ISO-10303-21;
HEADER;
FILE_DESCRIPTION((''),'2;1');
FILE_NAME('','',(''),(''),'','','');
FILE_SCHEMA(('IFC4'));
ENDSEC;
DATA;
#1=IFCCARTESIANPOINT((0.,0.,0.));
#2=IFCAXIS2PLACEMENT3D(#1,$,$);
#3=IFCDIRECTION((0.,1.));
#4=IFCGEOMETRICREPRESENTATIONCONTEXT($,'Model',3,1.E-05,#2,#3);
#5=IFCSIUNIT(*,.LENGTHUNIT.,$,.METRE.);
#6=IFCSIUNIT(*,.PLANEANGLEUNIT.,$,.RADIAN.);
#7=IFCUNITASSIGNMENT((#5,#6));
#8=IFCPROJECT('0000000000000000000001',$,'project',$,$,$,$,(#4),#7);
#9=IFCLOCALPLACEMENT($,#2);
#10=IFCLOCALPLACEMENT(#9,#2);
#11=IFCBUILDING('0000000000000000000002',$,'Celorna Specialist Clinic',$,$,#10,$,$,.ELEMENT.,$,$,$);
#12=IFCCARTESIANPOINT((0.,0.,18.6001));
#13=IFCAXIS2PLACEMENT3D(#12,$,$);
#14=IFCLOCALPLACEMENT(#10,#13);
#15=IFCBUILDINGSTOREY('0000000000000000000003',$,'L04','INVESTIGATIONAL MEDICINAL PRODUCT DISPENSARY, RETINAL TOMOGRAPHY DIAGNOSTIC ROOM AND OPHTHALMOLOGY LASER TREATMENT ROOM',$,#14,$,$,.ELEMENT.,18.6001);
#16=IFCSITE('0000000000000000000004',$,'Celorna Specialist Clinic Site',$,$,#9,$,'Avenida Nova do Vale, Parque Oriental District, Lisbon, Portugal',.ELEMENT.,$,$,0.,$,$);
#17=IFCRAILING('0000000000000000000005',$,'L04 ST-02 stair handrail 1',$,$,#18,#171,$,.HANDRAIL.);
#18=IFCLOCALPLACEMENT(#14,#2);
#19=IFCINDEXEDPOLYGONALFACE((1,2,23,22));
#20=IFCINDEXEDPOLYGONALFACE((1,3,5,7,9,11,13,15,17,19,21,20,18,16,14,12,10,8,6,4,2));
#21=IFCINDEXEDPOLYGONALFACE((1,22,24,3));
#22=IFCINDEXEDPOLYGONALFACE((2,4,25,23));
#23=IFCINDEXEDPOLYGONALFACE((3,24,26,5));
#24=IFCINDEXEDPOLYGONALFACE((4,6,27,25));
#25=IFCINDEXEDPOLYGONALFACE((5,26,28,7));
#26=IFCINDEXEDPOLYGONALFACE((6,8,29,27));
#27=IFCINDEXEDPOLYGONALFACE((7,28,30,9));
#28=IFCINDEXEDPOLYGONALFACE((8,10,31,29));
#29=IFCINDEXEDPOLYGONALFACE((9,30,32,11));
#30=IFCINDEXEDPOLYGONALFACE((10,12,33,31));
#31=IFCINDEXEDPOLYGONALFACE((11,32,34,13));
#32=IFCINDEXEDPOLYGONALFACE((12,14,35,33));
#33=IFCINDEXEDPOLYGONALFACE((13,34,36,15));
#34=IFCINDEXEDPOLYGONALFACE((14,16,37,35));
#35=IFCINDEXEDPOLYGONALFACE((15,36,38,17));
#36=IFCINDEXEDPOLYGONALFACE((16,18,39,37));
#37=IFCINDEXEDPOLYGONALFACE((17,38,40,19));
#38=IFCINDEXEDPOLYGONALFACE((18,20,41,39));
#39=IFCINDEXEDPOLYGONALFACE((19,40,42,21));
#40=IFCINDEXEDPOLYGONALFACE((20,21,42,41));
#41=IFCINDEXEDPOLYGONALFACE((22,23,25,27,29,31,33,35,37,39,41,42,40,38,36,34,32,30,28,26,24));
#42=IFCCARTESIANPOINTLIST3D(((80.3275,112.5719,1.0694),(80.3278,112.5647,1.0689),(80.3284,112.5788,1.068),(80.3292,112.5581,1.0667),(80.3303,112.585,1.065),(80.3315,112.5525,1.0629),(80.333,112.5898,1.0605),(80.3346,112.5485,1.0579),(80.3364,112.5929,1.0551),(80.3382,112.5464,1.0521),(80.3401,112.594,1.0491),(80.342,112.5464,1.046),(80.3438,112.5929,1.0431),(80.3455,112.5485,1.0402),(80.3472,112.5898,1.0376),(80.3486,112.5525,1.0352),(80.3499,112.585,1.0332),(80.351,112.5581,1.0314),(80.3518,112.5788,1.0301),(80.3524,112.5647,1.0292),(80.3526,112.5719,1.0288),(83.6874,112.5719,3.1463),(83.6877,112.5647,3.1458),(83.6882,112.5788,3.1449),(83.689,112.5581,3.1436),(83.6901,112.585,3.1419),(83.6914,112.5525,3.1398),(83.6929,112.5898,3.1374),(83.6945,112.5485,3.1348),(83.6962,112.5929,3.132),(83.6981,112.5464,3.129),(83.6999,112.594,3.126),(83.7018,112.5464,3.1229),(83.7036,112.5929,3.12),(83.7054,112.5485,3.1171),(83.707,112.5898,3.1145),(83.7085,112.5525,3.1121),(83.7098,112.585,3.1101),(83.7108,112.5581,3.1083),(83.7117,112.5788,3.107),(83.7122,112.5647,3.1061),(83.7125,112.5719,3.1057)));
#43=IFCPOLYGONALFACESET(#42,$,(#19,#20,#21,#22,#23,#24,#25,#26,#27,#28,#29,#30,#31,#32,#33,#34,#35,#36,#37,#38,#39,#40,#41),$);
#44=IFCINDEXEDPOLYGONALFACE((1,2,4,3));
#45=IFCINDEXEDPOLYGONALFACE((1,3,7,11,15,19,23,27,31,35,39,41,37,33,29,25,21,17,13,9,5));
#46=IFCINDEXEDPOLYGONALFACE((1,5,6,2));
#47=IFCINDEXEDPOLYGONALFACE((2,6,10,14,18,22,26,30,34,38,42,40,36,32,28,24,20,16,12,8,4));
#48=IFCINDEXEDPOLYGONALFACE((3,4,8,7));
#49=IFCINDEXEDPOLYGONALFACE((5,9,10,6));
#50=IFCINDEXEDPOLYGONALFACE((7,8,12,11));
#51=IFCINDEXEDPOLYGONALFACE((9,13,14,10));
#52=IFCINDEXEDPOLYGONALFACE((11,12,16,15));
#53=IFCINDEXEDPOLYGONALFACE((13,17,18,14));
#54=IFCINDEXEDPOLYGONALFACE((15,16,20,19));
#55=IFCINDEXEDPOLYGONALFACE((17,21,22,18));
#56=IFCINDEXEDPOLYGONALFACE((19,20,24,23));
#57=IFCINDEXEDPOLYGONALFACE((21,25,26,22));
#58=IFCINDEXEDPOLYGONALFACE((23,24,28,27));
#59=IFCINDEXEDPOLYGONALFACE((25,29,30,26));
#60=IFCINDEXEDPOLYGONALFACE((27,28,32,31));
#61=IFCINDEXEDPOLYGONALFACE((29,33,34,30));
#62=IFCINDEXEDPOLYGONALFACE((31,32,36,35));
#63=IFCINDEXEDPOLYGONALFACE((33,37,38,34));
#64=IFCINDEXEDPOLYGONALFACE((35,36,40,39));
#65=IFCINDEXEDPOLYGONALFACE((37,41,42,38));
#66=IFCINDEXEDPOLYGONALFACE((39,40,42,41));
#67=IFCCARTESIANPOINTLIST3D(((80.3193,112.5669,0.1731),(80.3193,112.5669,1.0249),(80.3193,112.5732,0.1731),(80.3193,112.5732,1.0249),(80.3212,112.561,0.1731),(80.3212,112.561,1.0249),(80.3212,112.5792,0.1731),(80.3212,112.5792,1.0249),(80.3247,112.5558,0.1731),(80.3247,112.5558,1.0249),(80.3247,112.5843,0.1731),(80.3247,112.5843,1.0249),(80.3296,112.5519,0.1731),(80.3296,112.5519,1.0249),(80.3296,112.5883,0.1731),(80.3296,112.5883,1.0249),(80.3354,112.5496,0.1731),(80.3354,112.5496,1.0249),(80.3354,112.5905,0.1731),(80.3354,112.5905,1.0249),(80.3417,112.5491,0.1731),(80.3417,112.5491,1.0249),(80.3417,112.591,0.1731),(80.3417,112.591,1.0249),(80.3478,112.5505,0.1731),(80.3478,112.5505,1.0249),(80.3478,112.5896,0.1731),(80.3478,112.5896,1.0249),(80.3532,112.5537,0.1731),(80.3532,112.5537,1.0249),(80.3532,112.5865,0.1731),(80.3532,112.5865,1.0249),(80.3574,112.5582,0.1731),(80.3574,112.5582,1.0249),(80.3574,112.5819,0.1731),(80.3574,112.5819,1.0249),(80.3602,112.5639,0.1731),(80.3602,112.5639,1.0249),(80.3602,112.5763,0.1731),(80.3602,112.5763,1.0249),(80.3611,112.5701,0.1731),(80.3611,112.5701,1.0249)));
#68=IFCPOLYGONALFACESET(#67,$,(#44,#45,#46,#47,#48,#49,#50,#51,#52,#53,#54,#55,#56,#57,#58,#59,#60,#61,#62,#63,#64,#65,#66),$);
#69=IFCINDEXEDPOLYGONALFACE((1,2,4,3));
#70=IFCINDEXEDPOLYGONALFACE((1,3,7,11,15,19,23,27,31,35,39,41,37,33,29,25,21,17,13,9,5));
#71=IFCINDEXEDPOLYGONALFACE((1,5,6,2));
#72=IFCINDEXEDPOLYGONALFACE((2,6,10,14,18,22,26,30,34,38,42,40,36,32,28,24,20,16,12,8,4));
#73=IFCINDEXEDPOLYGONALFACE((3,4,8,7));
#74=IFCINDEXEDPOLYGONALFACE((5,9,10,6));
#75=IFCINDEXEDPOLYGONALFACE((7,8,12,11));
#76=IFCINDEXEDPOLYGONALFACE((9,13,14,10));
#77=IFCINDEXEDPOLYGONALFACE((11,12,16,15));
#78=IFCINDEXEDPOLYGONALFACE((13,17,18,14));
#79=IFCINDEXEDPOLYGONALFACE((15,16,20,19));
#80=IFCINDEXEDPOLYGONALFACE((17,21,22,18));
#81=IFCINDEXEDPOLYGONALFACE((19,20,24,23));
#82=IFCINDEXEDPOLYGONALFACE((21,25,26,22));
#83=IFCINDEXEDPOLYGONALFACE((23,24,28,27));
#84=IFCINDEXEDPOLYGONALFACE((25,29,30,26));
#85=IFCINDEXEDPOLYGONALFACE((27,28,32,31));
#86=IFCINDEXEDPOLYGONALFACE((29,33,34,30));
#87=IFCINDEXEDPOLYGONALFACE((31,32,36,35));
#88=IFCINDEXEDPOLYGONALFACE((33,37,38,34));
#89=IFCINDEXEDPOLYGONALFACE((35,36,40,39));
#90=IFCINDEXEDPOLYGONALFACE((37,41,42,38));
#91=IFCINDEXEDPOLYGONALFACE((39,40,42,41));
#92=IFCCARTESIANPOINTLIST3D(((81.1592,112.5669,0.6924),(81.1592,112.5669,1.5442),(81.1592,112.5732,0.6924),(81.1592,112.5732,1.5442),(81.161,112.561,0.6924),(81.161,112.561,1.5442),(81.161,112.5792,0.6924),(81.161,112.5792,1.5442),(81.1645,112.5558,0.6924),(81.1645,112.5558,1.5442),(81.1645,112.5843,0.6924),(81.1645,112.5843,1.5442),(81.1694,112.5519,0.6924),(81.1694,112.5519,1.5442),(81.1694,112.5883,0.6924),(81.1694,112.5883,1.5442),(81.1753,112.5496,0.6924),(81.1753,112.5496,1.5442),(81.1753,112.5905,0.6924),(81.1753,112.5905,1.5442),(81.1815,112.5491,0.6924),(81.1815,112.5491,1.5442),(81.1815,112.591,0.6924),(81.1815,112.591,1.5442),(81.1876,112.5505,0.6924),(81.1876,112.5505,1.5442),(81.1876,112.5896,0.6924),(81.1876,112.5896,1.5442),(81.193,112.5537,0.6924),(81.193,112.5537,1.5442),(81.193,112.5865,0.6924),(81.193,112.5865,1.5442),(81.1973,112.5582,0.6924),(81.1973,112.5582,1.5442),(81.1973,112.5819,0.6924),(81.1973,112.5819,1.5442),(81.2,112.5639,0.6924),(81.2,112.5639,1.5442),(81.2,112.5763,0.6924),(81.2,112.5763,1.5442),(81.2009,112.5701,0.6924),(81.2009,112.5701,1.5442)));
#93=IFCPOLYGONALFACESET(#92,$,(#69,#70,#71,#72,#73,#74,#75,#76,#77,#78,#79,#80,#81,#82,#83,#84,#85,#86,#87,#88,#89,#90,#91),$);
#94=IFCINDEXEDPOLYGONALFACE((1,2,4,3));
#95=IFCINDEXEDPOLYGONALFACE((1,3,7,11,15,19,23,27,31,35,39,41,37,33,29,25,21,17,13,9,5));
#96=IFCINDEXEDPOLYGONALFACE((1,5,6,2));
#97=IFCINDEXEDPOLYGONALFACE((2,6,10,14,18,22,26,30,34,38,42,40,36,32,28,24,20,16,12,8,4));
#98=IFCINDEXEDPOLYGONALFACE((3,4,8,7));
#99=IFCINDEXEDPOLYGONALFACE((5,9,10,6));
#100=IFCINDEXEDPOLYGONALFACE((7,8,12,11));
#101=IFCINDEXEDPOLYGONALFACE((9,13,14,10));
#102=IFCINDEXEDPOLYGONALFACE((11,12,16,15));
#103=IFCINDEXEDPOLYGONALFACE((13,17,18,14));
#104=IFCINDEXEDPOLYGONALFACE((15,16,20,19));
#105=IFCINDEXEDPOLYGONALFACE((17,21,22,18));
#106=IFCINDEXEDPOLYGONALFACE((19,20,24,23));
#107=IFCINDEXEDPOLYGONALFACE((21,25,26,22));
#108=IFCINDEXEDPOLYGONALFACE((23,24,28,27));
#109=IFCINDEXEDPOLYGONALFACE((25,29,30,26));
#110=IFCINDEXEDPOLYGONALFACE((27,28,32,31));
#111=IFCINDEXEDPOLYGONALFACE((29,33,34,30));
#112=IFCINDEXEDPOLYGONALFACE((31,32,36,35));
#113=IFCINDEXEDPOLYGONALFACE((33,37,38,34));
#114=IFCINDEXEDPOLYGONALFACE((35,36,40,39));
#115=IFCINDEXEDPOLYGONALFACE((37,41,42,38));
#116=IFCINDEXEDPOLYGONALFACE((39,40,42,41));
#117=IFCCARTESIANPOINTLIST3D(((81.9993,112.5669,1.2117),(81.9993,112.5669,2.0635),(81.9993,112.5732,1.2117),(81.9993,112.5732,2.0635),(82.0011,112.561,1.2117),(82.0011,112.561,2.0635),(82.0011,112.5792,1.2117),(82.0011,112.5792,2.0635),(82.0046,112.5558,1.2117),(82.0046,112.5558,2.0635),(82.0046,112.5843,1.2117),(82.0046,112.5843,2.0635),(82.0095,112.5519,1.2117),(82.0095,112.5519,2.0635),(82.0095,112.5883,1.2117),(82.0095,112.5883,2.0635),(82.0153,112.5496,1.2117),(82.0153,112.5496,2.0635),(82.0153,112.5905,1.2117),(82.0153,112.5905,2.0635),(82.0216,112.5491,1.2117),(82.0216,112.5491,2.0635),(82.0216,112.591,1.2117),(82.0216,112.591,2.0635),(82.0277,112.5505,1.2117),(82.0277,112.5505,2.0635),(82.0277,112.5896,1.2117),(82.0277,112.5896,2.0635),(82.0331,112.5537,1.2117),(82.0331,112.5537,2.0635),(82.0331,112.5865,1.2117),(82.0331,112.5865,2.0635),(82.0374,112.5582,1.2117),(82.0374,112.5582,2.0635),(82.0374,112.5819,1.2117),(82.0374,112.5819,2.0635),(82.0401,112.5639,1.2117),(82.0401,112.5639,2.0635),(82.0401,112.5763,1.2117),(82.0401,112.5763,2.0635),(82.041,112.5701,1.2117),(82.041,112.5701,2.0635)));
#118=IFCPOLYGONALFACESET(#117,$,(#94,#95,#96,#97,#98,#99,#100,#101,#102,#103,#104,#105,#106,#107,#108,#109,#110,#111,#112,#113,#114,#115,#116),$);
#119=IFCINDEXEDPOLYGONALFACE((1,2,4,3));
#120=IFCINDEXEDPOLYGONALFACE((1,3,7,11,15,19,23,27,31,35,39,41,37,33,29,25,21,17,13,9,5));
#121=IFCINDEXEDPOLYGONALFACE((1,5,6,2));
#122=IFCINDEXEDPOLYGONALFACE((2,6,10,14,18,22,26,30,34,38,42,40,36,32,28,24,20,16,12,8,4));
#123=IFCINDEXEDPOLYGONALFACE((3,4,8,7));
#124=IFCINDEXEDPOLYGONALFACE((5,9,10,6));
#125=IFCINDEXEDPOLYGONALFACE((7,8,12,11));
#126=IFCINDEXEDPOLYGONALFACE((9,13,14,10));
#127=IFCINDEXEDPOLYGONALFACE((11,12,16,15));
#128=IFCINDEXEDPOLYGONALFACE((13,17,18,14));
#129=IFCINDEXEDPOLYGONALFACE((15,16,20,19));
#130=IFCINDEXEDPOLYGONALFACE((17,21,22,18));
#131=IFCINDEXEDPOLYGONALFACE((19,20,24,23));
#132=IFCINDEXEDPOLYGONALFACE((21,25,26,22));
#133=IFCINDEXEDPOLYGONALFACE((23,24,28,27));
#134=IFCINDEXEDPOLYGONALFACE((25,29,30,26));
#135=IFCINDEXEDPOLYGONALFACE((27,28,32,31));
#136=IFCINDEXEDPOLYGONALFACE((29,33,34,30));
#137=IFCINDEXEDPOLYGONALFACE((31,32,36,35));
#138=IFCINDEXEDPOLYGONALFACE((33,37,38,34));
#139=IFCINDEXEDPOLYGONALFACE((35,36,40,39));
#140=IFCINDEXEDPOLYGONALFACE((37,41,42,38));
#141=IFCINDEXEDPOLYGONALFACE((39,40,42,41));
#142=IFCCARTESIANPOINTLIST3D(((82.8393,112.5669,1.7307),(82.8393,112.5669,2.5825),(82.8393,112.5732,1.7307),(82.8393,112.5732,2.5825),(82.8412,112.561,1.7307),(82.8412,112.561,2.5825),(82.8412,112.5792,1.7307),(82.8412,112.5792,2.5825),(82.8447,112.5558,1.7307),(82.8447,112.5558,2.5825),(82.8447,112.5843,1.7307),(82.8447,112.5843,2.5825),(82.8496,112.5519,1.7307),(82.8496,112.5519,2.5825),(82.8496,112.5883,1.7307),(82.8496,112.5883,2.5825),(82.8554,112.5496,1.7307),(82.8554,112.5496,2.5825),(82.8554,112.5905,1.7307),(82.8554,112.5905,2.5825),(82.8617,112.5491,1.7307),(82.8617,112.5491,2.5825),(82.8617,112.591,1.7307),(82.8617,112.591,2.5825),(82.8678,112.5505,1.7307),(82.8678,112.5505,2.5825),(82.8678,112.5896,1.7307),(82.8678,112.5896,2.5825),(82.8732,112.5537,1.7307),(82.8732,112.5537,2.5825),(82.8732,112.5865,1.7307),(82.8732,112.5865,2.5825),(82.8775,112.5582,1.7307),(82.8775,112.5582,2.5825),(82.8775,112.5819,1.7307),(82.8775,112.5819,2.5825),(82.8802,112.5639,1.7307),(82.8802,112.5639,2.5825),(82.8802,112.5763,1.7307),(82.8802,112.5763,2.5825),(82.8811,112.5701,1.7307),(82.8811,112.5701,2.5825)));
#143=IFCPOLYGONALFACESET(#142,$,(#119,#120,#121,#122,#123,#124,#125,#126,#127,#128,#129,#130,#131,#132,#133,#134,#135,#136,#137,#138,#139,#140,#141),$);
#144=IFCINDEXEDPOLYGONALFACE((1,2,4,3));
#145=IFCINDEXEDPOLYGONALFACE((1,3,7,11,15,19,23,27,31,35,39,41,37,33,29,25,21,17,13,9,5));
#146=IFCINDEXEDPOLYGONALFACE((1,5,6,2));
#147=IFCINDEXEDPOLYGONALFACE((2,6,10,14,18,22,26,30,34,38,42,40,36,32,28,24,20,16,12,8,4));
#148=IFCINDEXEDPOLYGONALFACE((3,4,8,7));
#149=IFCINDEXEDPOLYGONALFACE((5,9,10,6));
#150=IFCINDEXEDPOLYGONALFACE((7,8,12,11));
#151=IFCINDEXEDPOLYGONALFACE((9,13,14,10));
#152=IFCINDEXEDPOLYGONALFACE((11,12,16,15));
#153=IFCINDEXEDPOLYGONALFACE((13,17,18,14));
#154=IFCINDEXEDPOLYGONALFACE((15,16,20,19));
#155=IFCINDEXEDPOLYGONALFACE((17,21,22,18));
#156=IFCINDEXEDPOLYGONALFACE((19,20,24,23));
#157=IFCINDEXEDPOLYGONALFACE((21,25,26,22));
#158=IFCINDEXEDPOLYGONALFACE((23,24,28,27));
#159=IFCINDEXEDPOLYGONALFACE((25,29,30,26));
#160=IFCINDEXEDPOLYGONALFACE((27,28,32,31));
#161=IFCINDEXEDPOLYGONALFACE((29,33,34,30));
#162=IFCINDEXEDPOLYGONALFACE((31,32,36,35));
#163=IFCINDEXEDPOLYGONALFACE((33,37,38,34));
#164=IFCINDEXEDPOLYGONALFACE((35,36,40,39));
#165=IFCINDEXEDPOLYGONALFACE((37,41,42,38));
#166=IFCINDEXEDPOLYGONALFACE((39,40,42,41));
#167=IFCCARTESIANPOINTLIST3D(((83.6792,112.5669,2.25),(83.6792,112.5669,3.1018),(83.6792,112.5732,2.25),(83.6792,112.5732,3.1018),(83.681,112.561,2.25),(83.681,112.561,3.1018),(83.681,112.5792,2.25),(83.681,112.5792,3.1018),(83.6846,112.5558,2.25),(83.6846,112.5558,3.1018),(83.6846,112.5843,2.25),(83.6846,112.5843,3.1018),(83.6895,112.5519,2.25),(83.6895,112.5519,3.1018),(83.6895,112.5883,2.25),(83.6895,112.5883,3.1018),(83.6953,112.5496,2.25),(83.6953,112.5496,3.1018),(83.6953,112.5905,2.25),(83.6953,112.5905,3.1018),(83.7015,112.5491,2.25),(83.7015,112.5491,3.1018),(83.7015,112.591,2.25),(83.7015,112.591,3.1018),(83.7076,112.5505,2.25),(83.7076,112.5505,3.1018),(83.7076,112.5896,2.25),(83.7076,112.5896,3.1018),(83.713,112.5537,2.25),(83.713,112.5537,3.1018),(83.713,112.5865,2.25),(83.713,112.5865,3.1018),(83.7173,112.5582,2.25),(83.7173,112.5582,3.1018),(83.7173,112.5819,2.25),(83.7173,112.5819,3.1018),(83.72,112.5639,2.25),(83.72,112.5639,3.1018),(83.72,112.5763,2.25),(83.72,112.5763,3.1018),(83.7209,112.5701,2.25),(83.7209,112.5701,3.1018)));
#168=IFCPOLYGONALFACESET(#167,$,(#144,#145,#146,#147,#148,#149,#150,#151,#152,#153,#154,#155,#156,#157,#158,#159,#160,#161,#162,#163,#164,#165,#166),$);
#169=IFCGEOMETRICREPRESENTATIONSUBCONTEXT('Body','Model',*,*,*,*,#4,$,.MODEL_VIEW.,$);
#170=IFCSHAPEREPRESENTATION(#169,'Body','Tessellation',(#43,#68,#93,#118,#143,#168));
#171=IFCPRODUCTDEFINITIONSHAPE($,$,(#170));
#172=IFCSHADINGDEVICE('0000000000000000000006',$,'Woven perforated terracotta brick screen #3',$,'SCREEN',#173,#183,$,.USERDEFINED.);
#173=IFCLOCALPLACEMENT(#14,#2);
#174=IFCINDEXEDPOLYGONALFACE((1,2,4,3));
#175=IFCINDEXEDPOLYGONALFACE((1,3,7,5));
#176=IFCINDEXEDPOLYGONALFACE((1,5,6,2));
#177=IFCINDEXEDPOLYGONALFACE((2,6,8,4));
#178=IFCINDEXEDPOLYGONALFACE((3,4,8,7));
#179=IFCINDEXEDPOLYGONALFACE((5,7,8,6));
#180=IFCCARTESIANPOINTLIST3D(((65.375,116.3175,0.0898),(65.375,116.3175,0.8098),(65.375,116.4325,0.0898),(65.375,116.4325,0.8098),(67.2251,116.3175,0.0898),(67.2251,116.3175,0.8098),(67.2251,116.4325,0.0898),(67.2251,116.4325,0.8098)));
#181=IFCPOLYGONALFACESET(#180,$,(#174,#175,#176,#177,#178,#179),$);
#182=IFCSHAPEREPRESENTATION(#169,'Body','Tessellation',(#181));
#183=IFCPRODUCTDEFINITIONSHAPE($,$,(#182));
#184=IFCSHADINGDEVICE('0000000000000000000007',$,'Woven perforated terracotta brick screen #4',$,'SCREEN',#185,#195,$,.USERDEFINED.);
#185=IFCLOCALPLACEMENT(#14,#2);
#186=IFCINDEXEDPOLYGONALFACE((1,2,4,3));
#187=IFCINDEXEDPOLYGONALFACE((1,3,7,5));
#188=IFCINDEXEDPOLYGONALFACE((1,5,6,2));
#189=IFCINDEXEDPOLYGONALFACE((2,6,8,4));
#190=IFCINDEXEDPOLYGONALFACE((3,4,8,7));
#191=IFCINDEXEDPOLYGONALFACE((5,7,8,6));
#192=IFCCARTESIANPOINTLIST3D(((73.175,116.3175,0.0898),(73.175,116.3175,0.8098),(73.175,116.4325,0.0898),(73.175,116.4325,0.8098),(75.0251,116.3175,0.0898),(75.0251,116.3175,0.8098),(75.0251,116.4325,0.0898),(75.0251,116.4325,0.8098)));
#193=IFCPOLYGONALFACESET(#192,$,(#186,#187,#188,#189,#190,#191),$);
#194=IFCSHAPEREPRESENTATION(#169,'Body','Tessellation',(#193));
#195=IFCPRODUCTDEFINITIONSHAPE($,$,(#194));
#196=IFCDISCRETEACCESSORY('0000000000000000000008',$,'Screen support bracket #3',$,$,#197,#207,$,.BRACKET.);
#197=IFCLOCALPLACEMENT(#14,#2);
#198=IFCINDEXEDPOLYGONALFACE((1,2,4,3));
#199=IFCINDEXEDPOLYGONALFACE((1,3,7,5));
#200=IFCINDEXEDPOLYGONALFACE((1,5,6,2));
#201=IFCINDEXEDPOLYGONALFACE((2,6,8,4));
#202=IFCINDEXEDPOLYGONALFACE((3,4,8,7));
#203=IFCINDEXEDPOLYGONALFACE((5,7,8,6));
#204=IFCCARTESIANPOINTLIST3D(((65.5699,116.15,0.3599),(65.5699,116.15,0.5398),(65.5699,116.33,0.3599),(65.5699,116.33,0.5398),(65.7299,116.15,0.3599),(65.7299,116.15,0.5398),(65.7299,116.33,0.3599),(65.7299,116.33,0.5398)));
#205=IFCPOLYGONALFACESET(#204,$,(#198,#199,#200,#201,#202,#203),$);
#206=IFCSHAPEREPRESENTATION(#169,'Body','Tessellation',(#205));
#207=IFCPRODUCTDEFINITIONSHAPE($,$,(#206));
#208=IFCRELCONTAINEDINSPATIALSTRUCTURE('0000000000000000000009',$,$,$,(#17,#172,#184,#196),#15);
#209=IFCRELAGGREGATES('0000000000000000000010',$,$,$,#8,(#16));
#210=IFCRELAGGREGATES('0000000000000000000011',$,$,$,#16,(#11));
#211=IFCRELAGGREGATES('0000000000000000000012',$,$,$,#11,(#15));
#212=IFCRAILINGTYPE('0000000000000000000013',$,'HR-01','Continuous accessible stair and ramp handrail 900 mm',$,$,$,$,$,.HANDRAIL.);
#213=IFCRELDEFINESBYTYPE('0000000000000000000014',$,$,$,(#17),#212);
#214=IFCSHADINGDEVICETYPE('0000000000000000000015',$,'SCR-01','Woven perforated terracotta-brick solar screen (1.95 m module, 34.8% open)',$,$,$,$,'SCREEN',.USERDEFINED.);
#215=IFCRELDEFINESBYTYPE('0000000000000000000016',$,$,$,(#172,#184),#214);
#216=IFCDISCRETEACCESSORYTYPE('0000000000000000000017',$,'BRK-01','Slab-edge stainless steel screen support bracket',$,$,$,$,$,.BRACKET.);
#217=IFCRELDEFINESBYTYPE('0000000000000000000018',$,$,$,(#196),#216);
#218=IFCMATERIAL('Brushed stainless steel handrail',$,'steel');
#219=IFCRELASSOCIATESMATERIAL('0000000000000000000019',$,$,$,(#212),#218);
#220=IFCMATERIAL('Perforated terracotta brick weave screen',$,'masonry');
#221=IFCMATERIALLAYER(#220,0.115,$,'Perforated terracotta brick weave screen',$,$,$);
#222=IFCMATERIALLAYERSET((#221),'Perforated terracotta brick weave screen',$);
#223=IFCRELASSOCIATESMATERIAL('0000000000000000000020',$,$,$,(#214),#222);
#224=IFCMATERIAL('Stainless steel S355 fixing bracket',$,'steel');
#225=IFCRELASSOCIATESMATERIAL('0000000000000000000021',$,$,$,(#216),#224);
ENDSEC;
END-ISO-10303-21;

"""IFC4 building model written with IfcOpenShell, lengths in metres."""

from ifc_helpers import new_model, si_unit, direction, frame, origin, origin_2d, place, context, subcontext, project, spatial, rectangle, circle, extrude, material, layer, layer_set, type_object, element, save


model = new_model("IFC4")

# Units and contexts
model_context = context("Model", 3, precision=1e-05, world=origin(), true_north=direction((0.0, 1.0)))
body_context = subcontext(model_context, "Body", "Model", "MODEL_VIEW")
ifc_project = project(units=[si_unit("LENGTHUNIT", "METRE"), si_unit("PLANEANGLEUNIT", "RADIAN")], contexts=[model_context])

# Site, building, storey
site_placement = place(None, origin())
site = spatial("IfcSite", under=ifc_project, at=site_placement, Name="Celorna Specialist Clinic Site", LongName="Avenida Nova do Vale, Parque Oriental District, Lisbon, Portugal", CompositionType="ELEMENT", RefElevation=0.0)
building_placement = place(site_placement, origin())
building = spatial("IfcBuilding", under=site, at=building_placement, Name="Celorna Specialist Clinic", CompositionType="ELEMENT")
storey_placement = place(building_placement, frame((0.0, 0.0, 18.6001)))
storey = spatial("IfcBuildingStorey", under=building, at=storey_placement, Name="L04", Description="INVESTIGATIONAL MEDICINAL PRODUCT DISPENSARY, RETINAL TOMOGRAPHY DIAGNOSTIC ROOM AND OPHTHALMOLOGY LASER TREATMENT ROOM", CompositionType="ELEMENT", Elevation=18.6001)

# Railing
ifc_material_1 = material(Name="Brushed stainless steel handrail", Category="steel")
railing_type_1 = type_object("IfcRailingType", Name="HR-01", Description="Continuous accessible stair and ramp handrail 900 mm", PredefinedType="HANDRAIL", material=ifc_material_1)
railing_1_placement = place(storey_placement, frame((80.3401, 112.5701, 0.1731)))
element("IfcRailing", 1, at=railing_1_placement, inside=storey, type_object=railing_type_1, Name="L04 ST-02 stair handrail 1", PredefinedType="HANDRAIL", context=body_context, shape_type="SweptSolid", body=[
    extrude(circle(Radius=0.0239, at=origin_2d()), frame((0.0, 0.0, 0.876), z_axis=(0.850606, 0.0, 0.525803), x_axis=(0.0, 1.0, 0.0)), (0.0, 0.0, 1.0), 3.95),
    extrude(circle(Radius=0.021, at=origin_2d()), origin(), (0.0, 0.0, 1.0), 0.8518),
    extrude(circle(Radius=0.021, at=origin_2d()), frame((0.8398, 0.0, 0.5193)), (0.0, 0.0, 1.0), 0.8518),
    extrude(circle(Radius=0.021, at=origin_2d()), frame((1.6799, 0.0, 1.0386)), (0.0, 0.0, 1.0), 0.8518),
    extrude(circle(Radius=0.021, at=origin_2d()), frame((2.52, 0.0, 1.5576)), (0.0, 0.0, 1.0), 0.8518),
    extrude(circle(Radius=0.021, at=origin_2d()), frame((3.3599, 0.0, 2.0769)), (0.0, 0.0, 1.0), 0.8518),
])

# Shading devices
ifc_material_2 = material(Name="Perforated terracotta brick weave screen", Category="masonry")
ifc_layer_1 = layer(ifc_material_2, 0.115, Name="Perforated terracotta brick weave screen")
ifc_layer_set_1 = layer_set([ifc_layer_1], Name="Perforated terracotta brick weave screen")
shading_device_type = type_object("IfcShadingDeviceType", Name="SCR-01", Description="Woven perforated terracotta-brick solar screen (1.95 m module, 34.8% open)", ElementType="SCREEN", PredefinedType="USERDEFINED", material=ifc_layer_set_1)
for number, where, z_axis, x_axis, name in (
    (2, (66.3, 116.375, 0.0898), (0.0, 0.0, 1.0), (1.0, 0.0, 0.0), "Woven perforated terracotta brick screen #3"),
    (3, (74.1001, 116.375, 0.0898), (0.0, 0.0, 1.0), (1.0, 0.0, 0.0), "Woven perforated terracotta brick screen #4"),
):
    element("IfcShadingDevice", number, at=place(storey_placement, frame(where, z_axis=z_axis, x_axis=x_axis)), inside=storey, type_object=shading_device_type, Name=name, ObjectType="SCREEN", PredefinedType="USERDEFINED", context=body_context, shape_type="SweptSolid", body=[
        extrude(rectangle(XDim=1.8501, YDim=0.115, at=origin_2d()), origin(), (0.0, 0.0, 1.0), 0.72),
    ])

# Discrete accessory
ifc_material_3 = material(Name="Stainless steel S355 fixing bracket", Category="steel")
discrete_accessory_type = type_object("IfcDiscreteAccessoryType", Name="BRK-01", Description="Slab-edge stainless steel screen support bracket", PredefinedType="BRACKET", material=ifc_material_3)
for number, where, z_axis, x_axis, name in (
    (4, (65.6499, 116.24, 0.3599), (0.0, 0.0, 1.0), (1.0, 0.0, 0.0), "Screen support bracket #3"),
):
    element("IfcDiscreteAccessory", number, at=place(storey_placement, frame(where, z_axis=z_axis, x_axis=x_axis)), inside=storey, type_object=discrete_accessory_type, Name=name, PredefinedType="BRACKET", context=body_context, shape_type="SweptSolid", body=[
        extrude(rectangle(XDim=0.1599, YDim=0.1799, at=origin_2d()), origin(), (0.0, 0.0, 1.0), 0.1799),
    ])

save(model, "model.ifc")
